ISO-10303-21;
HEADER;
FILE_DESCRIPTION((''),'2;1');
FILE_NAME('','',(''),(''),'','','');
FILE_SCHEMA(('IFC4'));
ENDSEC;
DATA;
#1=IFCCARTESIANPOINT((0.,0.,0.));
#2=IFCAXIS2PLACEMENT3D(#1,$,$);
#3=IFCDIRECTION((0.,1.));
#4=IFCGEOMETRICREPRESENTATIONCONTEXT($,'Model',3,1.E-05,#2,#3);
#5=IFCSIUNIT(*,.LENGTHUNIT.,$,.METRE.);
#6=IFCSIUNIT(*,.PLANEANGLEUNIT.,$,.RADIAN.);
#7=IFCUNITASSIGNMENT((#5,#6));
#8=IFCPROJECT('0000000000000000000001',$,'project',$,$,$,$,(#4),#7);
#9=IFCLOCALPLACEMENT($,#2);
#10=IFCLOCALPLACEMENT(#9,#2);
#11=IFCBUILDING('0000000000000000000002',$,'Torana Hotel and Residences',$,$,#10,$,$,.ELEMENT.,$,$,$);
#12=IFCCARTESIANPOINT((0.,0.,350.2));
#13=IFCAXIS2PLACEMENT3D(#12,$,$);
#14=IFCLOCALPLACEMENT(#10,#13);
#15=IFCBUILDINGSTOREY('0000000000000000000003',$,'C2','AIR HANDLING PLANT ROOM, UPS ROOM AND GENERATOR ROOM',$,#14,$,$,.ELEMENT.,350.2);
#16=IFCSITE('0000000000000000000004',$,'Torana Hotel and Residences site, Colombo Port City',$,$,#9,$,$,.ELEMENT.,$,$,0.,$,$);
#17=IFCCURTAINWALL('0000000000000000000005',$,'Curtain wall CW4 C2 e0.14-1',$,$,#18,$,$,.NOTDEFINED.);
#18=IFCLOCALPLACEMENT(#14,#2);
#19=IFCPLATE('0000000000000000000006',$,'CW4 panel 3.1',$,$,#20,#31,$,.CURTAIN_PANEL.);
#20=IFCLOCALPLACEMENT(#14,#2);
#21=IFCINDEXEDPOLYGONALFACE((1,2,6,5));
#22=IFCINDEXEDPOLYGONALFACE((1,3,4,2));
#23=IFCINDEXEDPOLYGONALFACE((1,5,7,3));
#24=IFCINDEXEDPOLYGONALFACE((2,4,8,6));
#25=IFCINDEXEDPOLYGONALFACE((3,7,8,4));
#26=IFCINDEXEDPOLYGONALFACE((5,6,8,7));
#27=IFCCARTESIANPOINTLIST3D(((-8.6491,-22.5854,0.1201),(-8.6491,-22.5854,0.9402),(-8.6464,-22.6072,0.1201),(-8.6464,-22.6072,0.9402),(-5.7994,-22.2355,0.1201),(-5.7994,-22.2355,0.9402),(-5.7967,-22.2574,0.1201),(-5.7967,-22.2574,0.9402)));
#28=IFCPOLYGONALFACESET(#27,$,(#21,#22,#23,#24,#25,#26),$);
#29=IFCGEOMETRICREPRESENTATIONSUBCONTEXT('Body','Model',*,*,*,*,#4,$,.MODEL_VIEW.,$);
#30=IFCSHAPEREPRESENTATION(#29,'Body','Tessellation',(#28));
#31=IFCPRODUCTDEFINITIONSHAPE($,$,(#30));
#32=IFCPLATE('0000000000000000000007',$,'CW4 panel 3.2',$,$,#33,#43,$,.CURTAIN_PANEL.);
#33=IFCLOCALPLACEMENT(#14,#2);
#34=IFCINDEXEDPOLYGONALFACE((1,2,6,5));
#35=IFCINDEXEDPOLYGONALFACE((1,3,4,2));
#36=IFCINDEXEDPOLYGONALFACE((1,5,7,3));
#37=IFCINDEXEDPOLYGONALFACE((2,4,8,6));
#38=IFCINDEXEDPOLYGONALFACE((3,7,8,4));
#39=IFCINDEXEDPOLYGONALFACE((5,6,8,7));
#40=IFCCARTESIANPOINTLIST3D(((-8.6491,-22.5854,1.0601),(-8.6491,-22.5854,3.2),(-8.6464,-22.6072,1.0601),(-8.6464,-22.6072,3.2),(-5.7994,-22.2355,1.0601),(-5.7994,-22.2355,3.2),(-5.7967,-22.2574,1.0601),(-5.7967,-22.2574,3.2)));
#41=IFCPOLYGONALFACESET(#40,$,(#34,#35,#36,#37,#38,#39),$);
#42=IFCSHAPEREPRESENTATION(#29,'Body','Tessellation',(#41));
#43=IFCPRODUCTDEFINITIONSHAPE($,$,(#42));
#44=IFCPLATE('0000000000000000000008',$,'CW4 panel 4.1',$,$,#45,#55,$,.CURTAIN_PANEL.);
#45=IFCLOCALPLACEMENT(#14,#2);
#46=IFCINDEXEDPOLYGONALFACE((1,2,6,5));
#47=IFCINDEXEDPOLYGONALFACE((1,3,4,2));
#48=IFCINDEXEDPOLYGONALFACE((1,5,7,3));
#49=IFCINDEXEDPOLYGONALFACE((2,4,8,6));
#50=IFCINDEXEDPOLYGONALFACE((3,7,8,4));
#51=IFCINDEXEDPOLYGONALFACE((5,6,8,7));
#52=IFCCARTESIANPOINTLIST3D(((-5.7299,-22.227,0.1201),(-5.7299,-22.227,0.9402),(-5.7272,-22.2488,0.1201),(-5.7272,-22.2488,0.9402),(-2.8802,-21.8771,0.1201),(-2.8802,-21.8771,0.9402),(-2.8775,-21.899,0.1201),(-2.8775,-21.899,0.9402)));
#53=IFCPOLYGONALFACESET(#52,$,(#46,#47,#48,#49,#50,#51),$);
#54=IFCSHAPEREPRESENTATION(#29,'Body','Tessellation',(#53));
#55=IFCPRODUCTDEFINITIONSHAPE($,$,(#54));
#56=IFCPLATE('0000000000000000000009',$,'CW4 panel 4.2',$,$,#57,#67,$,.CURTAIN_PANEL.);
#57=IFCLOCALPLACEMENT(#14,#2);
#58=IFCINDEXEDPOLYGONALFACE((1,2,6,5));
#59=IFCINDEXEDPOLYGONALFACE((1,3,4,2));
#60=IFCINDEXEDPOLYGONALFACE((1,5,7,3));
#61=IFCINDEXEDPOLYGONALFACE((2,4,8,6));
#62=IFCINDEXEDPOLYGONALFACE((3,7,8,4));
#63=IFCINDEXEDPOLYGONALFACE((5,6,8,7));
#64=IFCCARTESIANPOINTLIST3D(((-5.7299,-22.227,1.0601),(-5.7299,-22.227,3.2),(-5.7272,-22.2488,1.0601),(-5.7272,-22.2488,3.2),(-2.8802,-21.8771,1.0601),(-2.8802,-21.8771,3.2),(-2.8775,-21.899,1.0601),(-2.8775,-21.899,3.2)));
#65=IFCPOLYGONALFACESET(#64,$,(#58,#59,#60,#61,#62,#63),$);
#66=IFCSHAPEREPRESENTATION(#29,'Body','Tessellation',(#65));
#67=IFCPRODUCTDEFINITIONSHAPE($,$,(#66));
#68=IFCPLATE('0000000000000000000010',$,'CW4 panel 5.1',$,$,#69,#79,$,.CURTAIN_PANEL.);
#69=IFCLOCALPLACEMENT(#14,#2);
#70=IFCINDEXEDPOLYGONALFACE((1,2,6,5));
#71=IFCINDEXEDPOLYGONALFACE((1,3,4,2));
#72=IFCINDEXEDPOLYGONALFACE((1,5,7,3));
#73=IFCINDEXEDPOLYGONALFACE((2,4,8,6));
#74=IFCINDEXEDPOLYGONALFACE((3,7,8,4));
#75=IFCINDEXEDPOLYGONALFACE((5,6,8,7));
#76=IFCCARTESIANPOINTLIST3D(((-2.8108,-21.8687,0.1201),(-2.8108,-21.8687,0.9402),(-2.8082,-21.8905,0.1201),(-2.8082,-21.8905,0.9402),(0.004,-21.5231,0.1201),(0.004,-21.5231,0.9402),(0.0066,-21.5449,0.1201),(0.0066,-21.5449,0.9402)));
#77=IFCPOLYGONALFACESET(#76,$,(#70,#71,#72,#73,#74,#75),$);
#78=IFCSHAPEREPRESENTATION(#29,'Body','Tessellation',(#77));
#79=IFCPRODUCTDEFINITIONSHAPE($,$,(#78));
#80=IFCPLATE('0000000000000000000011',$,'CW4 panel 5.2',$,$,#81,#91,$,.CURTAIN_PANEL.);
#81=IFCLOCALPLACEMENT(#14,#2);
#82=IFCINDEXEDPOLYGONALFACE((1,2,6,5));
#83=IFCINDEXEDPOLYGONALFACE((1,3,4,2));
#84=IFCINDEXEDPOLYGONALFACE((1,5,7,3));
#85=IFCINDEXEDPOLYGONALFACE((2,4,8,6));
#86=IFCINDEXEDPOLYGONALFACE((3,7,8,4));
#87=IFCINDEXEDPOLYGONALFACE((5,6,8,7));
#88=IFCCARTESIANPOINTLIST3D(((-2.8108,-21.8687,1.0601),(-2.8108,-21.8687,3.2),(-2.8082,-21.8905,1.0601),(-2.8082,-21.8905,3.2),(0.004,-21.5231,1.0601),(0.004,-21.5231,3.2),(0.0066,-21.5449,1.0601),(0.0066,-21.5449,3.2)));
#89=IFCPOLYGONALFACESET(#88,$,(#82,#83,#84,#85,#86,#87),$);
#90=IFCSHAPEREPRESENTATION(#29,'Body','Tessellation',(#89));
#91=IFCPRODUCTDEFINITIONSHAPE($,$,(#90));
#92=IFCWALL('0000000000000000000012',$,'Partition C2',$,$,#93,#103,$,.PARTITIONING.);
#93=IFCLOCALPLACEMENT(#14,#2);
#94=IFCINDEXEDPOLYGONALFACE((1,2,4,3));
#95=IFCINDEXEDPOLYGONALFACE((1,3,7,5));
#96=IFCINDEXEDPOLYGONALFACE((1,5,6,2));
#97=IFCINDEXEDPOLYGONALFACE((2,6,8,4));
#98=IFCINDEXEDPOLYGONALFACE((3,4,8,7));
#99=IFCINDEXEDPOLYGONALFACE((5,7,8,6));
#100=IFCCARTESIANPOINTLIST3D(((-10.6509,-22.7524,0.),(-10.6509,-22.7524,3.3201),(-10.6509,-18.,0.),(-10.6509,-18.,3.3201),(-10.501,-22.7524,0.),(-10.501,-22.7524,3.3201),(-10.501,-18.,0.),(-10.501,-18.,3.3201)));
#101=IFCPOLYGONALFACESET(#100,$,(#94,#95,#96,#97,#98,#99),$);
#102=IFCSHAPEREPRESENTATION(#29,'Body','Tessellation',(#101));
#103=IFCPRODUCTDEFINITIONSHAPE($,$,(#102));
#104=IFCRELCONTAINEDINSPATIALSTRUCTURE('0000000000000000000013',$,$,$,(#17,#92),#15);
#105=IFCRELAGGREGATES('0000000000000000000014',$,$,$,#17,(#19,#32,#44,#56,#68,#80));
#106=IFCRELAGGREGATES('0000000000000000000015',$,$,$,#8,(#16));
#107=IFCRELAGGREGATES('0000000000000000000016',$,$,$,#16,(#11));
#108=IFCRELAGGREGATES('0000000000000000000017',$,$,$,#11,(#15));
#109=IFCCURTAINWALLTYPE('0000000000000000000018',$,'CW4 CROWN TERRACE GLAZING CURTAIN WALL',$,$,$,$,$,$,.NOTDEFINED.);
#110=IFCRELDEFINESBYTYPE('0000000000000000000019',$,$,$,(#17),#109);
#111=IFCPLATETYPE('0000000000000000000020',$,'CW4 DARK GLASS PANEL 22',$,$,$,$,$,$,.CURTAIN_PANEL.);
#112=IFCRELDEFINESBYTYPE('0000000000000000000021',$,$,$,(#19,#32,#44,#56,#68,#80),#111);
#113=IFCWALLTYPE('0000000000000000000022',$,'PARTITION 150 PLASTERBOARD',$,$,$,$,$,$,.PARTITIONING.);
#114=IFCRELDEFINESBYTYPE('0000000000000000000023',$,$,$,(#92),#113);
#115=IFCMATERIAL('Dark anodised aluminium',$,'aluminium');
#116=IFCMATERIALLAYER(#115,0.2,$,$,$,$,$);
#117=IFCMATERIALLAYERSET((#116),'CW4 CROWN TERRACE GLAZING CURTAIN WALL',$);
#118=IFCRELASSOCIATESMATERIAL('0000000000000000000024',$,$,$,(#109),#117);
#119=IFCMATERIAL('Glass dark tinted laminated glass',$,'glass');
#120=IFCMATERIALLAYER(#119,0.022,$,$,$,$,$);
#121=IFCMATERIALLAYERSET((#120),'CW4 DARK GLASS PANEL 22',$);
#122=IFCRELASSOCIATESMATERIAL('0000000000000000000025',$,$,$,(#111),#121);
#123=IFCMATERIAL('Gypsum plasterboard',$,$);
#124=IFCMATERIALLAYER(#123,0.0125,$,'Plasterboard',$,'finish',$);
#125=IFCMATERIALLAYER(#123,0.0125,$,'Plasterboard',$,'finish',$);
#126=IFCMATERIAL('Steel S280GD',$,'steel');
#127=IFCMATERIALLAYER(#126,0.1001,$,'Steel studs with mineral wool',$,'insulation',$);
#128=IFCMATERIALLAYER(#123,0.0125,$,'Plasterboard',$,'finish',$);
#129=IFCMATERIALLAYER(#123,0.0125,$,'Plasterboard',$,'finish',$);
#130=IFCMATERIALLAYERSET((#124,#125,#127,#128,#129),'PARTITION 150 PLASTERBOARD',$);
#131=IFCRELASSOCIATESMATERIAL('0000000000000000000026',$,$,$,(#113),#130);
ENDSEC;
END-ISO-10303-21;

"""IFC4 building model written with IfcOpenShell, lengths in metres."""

from ifc_helpers import new_model, si_unit, direction, frame, frame_2d, origin, origin_2d, place, context, subcontext, project, spatial, rectangle, extrude, material, layer, layer_set, type_object, element, aggregate, save


model = new_model("IFC4")

# Units and contexts
model_context = context("Model", 3, precision=1e-05, world=origin(), true_north=direction((0.0, 1.0)))
body_context = subcontext(model_context, "Body", "Model", "MODEL_VIEW")
ifc_project = project(units=[si_unit("LENGTHUNIT", "METRE"), si_unit("PLANEANGLEUNIT", "RADIAN")], contexts=[model_context])

# Site, building, storey
site_placement = place(None, origin())
site = spatial("IfcSite", under=ifc_project, at=site_placement, Name="Torana Hotel and Residences site, Colombo Port City", CompositionType="ELEMENT", RefElevation=0.0)
building_placement = place(site_placement, origin())
building = spatial("IfcBuilding", under=site, at=building_placement, Name="Torana Hotel and Residences", CompositionType="ELEMENT")
storey_placement = place(building_placement, frame((0.0, 0.0, 350.2)))
storey = spatial("IfcBuildingStorey", under=building, at=storey_placement, Name="C2", Description="AIR HANDLING PLANT ROOM, UPS ROOM AND GENERATOR ROOM", CompositionType="ELEMENT", Elevation=350.2)

# Curtain wall, plates
ifc_material_1 = material(Name="Dark anodised aluminium", Category="aluminium")
ifc_layer_1 = layer(ifc_material_1, 0.2)
ifc_layer_set_1 = layer_set([ifc_layer_1], Name="CW4 CROWN TERRACE GLAZING CURTAIN WALL")
curtain_wall_type = type_object("IfcCurtainWallType", Name="CW4 CROWN TERRACE GLAZING CURTAIN WALL", PredefinedType="NOTDEFINED", material=ifc_layer_set_1)
curtain_wall_placement = place(storey_placement, origin())
curtain_wall = element("IfcCurtainWall", 1, at=curtain_wall_placement, inside=storey, type_object=curtain_wall_type, Name="Curtain wall CW4 C2 e0.14-1", PredefinedType="NOTDEFINED")
ifc_material_2 = material(Name="Glass dark tinted laminated glass", Category="glass")
ifc_layer_2 = layer(ifc_material_2, 0.022)
ifc_layer_set_2 = layer_set([ifc_layer_2], Name="CW4 DARK GLASS PANEL 22")
plate_type = type_object("IfcPlateType", Name="CW4 DARK GLASS PANEL 22", PredefinedType="CURTAIN_PANEL", material=ifc_layer_set_2)
plate_1_placement = place(storey_placement, frame((-7.2229, -22.4214, 0.1201), z_axis=(0.0, 0.0, 1.0), x_axis=(0.992547, 0.121863, 0.0)))
plate_1 = element("IfcPlate", 2, at=plate_1_placement, type_object=plate_type, Name="CW4 panel 3.1", PredefinedType="CURTAIN_PANEL", context=body_context, shape_type="SweptSolid", body=[
    extrude(rectangle(XDim=2.8711, YDim=0.022, at=origin_2d()), origin(), (0.0, 0.0, 1.0), 0.8201),
])
plate_2_placement = place(storey_placement, frame((-7.2229, -22.4214, 1.0601), z_axis=(0.0, 0.0, 1.0), x_axis=(0.992547, 0.121863, 0.0)))
plate_2 = element("IfcPlate", 3, at=plate_2_placement, type_object=plate_type, Name="CW4 panel 3.2", PredefinedType="CURTAIN_PANEL", context=body_context, shape_type="SweptSolid", body=[
    extrude(rectangle(XDim=2.8711, YDim=0.022, at=origin_2d()), origin(), (0.0, 0.0, 1.0), 2.1399),
])
plate_3_placement = place(storey_placement, frame((-4.3037, -22.063, 0.1201), z_axis=(0.0, 0.0, 1.0), x_axis=(0.992547, 0.121863, 0.0)))
plate_3 = element("IfcPlate", 4, at=plate_3_placement, type_object=plate_type, Name="CW4 panel 4.1", PredefinedType="CURTAIN_PANEL", context=body_context, shape_type="SweptSolid", body=[
    extrude(rectangle(XDim=2.8711, YDim=0.022, at=origin_2d()), origin(), (0.0, 0.0, 1.0), 0.8201),
])
plate_4_placement = place(storey_placement, frame((-4.3037, -22.063, 1.0601), z_axis=(0.0, 0.0, 1.0), x_axis=(0.992547, 0.121863, 0.0)))
plate_4 = element("IfcPlate", 5, at=plate_4_placement, type_object=plate_type, Name="CW4 panel 4.2", PredefinedType="CURTAIN_PANEL", context=body_context, shape_type="SweptSolid", body=[
    extrude(rectangle(XDim=2.8711, YDim=0.022, at=origin_2d()), origin(), (0.0, 0.0, 1.0), 2.1399),
])
plate_5_placement = place(storey_placement, frame((-1.4021, -21.7068, 0.1201), z_axis=(0.0, 0.0, 1.0), x_axis=(0.992547, 0.121863, 0.0)))
plate_5 = element("IfcPlate", 6, at=plate_5_placement, type_object=plate_type, Name="CW4 panel 5.1", PredefinedType="CURTAIN_PANEL", context=body_context, shape_type="SweptSolid", body=[
    extrude(rectangle(XDim=2.8359, YDim=0.022, at=origin_2d()), origin(), (0.0, 0.0, 1.0), 0.8201),
])
plate_6_placement = place(storey_placement, frame((-1.4021, -21.7068, 1.0601), z_axis=(0.0, 0.0, 1.0), x_axis=(0.992547, 0.121863, 0.0)))
plate_6 = element("IfcPlate", 7, at=plate_6_placement, type_object=plate_type, Name="CW4 panel 5.2", PredefinedType="CURTAIN_PANEL", context=body_context, shape_type="SweptSolid", body=[
    extrude(rectangle(XDim=2.8359, YDim=0.022, at=origin_2d()), origin(), (0.0, 0.0, 1.0), 2.1399),
])
aggregate(curtain_wall, [plate_1, plate_2, plate_3, plate_4, plate_5, plate_6])

# Wall
ifc_material_3 = material(Name="Gypsum plasterboard")
ifc_layer_3 = layer(ifc_material_3, 0.0125, Name="Plasterboard", Category="finish")
ifc_layer_4 = layer(ifc_material_3, 0.0125, Name="Plasterboard", Category="finish")
ifc_material_4 = material(Name="Steel S280GD", Category="steel")
ifc_layer_5 = layer(ifc_material_4, 0.1001, Name="Steel studs with mineral wool", Category="insulation")
ifc_layer_6 = layer(ifc_material_3, 0.0125, Name="Plasterboard", Category="finish")
ifc_layer_7 = layer(ifc_material_3, 0.0125, Name="Plasterboard", Category="finish")
ifc_layer_set_3 = layer_set([ifc_layer_3, ifc_layer_4, ifc_layer_5, ifc_layer_6, ifc_layer_7], Name="PARTITION 150 PLASTERBOARD")
wall_type = type_object("IfcWallType", Name="PARTITION 150 PLASTERBOARD", PredefinedType="PARTITIONING", material=ifc_layer_set_3)
wall_placement = place(storey_placement, frame((-10.5759, -22.7524, 0.0), z_axis=(0.0, 0.0, 1.0), x_axis=(0.0, 1.0, 0.0)))
element("IfcWall", 8, at=wall_placement, inside=storey, type_object=wall_type, Name="Partition C2", PredefinedType="PARTITIONING", context=body_context, shape_type="SweptSolid", body=[
    extrude(rectangle(XDim=4.7524, YDim=0.1499, at=frame_2d((2.3762, 0.0))), origin(), (0.0, 0.0, 1.0), 3.3201),
])

save(model, "model.ifc")
